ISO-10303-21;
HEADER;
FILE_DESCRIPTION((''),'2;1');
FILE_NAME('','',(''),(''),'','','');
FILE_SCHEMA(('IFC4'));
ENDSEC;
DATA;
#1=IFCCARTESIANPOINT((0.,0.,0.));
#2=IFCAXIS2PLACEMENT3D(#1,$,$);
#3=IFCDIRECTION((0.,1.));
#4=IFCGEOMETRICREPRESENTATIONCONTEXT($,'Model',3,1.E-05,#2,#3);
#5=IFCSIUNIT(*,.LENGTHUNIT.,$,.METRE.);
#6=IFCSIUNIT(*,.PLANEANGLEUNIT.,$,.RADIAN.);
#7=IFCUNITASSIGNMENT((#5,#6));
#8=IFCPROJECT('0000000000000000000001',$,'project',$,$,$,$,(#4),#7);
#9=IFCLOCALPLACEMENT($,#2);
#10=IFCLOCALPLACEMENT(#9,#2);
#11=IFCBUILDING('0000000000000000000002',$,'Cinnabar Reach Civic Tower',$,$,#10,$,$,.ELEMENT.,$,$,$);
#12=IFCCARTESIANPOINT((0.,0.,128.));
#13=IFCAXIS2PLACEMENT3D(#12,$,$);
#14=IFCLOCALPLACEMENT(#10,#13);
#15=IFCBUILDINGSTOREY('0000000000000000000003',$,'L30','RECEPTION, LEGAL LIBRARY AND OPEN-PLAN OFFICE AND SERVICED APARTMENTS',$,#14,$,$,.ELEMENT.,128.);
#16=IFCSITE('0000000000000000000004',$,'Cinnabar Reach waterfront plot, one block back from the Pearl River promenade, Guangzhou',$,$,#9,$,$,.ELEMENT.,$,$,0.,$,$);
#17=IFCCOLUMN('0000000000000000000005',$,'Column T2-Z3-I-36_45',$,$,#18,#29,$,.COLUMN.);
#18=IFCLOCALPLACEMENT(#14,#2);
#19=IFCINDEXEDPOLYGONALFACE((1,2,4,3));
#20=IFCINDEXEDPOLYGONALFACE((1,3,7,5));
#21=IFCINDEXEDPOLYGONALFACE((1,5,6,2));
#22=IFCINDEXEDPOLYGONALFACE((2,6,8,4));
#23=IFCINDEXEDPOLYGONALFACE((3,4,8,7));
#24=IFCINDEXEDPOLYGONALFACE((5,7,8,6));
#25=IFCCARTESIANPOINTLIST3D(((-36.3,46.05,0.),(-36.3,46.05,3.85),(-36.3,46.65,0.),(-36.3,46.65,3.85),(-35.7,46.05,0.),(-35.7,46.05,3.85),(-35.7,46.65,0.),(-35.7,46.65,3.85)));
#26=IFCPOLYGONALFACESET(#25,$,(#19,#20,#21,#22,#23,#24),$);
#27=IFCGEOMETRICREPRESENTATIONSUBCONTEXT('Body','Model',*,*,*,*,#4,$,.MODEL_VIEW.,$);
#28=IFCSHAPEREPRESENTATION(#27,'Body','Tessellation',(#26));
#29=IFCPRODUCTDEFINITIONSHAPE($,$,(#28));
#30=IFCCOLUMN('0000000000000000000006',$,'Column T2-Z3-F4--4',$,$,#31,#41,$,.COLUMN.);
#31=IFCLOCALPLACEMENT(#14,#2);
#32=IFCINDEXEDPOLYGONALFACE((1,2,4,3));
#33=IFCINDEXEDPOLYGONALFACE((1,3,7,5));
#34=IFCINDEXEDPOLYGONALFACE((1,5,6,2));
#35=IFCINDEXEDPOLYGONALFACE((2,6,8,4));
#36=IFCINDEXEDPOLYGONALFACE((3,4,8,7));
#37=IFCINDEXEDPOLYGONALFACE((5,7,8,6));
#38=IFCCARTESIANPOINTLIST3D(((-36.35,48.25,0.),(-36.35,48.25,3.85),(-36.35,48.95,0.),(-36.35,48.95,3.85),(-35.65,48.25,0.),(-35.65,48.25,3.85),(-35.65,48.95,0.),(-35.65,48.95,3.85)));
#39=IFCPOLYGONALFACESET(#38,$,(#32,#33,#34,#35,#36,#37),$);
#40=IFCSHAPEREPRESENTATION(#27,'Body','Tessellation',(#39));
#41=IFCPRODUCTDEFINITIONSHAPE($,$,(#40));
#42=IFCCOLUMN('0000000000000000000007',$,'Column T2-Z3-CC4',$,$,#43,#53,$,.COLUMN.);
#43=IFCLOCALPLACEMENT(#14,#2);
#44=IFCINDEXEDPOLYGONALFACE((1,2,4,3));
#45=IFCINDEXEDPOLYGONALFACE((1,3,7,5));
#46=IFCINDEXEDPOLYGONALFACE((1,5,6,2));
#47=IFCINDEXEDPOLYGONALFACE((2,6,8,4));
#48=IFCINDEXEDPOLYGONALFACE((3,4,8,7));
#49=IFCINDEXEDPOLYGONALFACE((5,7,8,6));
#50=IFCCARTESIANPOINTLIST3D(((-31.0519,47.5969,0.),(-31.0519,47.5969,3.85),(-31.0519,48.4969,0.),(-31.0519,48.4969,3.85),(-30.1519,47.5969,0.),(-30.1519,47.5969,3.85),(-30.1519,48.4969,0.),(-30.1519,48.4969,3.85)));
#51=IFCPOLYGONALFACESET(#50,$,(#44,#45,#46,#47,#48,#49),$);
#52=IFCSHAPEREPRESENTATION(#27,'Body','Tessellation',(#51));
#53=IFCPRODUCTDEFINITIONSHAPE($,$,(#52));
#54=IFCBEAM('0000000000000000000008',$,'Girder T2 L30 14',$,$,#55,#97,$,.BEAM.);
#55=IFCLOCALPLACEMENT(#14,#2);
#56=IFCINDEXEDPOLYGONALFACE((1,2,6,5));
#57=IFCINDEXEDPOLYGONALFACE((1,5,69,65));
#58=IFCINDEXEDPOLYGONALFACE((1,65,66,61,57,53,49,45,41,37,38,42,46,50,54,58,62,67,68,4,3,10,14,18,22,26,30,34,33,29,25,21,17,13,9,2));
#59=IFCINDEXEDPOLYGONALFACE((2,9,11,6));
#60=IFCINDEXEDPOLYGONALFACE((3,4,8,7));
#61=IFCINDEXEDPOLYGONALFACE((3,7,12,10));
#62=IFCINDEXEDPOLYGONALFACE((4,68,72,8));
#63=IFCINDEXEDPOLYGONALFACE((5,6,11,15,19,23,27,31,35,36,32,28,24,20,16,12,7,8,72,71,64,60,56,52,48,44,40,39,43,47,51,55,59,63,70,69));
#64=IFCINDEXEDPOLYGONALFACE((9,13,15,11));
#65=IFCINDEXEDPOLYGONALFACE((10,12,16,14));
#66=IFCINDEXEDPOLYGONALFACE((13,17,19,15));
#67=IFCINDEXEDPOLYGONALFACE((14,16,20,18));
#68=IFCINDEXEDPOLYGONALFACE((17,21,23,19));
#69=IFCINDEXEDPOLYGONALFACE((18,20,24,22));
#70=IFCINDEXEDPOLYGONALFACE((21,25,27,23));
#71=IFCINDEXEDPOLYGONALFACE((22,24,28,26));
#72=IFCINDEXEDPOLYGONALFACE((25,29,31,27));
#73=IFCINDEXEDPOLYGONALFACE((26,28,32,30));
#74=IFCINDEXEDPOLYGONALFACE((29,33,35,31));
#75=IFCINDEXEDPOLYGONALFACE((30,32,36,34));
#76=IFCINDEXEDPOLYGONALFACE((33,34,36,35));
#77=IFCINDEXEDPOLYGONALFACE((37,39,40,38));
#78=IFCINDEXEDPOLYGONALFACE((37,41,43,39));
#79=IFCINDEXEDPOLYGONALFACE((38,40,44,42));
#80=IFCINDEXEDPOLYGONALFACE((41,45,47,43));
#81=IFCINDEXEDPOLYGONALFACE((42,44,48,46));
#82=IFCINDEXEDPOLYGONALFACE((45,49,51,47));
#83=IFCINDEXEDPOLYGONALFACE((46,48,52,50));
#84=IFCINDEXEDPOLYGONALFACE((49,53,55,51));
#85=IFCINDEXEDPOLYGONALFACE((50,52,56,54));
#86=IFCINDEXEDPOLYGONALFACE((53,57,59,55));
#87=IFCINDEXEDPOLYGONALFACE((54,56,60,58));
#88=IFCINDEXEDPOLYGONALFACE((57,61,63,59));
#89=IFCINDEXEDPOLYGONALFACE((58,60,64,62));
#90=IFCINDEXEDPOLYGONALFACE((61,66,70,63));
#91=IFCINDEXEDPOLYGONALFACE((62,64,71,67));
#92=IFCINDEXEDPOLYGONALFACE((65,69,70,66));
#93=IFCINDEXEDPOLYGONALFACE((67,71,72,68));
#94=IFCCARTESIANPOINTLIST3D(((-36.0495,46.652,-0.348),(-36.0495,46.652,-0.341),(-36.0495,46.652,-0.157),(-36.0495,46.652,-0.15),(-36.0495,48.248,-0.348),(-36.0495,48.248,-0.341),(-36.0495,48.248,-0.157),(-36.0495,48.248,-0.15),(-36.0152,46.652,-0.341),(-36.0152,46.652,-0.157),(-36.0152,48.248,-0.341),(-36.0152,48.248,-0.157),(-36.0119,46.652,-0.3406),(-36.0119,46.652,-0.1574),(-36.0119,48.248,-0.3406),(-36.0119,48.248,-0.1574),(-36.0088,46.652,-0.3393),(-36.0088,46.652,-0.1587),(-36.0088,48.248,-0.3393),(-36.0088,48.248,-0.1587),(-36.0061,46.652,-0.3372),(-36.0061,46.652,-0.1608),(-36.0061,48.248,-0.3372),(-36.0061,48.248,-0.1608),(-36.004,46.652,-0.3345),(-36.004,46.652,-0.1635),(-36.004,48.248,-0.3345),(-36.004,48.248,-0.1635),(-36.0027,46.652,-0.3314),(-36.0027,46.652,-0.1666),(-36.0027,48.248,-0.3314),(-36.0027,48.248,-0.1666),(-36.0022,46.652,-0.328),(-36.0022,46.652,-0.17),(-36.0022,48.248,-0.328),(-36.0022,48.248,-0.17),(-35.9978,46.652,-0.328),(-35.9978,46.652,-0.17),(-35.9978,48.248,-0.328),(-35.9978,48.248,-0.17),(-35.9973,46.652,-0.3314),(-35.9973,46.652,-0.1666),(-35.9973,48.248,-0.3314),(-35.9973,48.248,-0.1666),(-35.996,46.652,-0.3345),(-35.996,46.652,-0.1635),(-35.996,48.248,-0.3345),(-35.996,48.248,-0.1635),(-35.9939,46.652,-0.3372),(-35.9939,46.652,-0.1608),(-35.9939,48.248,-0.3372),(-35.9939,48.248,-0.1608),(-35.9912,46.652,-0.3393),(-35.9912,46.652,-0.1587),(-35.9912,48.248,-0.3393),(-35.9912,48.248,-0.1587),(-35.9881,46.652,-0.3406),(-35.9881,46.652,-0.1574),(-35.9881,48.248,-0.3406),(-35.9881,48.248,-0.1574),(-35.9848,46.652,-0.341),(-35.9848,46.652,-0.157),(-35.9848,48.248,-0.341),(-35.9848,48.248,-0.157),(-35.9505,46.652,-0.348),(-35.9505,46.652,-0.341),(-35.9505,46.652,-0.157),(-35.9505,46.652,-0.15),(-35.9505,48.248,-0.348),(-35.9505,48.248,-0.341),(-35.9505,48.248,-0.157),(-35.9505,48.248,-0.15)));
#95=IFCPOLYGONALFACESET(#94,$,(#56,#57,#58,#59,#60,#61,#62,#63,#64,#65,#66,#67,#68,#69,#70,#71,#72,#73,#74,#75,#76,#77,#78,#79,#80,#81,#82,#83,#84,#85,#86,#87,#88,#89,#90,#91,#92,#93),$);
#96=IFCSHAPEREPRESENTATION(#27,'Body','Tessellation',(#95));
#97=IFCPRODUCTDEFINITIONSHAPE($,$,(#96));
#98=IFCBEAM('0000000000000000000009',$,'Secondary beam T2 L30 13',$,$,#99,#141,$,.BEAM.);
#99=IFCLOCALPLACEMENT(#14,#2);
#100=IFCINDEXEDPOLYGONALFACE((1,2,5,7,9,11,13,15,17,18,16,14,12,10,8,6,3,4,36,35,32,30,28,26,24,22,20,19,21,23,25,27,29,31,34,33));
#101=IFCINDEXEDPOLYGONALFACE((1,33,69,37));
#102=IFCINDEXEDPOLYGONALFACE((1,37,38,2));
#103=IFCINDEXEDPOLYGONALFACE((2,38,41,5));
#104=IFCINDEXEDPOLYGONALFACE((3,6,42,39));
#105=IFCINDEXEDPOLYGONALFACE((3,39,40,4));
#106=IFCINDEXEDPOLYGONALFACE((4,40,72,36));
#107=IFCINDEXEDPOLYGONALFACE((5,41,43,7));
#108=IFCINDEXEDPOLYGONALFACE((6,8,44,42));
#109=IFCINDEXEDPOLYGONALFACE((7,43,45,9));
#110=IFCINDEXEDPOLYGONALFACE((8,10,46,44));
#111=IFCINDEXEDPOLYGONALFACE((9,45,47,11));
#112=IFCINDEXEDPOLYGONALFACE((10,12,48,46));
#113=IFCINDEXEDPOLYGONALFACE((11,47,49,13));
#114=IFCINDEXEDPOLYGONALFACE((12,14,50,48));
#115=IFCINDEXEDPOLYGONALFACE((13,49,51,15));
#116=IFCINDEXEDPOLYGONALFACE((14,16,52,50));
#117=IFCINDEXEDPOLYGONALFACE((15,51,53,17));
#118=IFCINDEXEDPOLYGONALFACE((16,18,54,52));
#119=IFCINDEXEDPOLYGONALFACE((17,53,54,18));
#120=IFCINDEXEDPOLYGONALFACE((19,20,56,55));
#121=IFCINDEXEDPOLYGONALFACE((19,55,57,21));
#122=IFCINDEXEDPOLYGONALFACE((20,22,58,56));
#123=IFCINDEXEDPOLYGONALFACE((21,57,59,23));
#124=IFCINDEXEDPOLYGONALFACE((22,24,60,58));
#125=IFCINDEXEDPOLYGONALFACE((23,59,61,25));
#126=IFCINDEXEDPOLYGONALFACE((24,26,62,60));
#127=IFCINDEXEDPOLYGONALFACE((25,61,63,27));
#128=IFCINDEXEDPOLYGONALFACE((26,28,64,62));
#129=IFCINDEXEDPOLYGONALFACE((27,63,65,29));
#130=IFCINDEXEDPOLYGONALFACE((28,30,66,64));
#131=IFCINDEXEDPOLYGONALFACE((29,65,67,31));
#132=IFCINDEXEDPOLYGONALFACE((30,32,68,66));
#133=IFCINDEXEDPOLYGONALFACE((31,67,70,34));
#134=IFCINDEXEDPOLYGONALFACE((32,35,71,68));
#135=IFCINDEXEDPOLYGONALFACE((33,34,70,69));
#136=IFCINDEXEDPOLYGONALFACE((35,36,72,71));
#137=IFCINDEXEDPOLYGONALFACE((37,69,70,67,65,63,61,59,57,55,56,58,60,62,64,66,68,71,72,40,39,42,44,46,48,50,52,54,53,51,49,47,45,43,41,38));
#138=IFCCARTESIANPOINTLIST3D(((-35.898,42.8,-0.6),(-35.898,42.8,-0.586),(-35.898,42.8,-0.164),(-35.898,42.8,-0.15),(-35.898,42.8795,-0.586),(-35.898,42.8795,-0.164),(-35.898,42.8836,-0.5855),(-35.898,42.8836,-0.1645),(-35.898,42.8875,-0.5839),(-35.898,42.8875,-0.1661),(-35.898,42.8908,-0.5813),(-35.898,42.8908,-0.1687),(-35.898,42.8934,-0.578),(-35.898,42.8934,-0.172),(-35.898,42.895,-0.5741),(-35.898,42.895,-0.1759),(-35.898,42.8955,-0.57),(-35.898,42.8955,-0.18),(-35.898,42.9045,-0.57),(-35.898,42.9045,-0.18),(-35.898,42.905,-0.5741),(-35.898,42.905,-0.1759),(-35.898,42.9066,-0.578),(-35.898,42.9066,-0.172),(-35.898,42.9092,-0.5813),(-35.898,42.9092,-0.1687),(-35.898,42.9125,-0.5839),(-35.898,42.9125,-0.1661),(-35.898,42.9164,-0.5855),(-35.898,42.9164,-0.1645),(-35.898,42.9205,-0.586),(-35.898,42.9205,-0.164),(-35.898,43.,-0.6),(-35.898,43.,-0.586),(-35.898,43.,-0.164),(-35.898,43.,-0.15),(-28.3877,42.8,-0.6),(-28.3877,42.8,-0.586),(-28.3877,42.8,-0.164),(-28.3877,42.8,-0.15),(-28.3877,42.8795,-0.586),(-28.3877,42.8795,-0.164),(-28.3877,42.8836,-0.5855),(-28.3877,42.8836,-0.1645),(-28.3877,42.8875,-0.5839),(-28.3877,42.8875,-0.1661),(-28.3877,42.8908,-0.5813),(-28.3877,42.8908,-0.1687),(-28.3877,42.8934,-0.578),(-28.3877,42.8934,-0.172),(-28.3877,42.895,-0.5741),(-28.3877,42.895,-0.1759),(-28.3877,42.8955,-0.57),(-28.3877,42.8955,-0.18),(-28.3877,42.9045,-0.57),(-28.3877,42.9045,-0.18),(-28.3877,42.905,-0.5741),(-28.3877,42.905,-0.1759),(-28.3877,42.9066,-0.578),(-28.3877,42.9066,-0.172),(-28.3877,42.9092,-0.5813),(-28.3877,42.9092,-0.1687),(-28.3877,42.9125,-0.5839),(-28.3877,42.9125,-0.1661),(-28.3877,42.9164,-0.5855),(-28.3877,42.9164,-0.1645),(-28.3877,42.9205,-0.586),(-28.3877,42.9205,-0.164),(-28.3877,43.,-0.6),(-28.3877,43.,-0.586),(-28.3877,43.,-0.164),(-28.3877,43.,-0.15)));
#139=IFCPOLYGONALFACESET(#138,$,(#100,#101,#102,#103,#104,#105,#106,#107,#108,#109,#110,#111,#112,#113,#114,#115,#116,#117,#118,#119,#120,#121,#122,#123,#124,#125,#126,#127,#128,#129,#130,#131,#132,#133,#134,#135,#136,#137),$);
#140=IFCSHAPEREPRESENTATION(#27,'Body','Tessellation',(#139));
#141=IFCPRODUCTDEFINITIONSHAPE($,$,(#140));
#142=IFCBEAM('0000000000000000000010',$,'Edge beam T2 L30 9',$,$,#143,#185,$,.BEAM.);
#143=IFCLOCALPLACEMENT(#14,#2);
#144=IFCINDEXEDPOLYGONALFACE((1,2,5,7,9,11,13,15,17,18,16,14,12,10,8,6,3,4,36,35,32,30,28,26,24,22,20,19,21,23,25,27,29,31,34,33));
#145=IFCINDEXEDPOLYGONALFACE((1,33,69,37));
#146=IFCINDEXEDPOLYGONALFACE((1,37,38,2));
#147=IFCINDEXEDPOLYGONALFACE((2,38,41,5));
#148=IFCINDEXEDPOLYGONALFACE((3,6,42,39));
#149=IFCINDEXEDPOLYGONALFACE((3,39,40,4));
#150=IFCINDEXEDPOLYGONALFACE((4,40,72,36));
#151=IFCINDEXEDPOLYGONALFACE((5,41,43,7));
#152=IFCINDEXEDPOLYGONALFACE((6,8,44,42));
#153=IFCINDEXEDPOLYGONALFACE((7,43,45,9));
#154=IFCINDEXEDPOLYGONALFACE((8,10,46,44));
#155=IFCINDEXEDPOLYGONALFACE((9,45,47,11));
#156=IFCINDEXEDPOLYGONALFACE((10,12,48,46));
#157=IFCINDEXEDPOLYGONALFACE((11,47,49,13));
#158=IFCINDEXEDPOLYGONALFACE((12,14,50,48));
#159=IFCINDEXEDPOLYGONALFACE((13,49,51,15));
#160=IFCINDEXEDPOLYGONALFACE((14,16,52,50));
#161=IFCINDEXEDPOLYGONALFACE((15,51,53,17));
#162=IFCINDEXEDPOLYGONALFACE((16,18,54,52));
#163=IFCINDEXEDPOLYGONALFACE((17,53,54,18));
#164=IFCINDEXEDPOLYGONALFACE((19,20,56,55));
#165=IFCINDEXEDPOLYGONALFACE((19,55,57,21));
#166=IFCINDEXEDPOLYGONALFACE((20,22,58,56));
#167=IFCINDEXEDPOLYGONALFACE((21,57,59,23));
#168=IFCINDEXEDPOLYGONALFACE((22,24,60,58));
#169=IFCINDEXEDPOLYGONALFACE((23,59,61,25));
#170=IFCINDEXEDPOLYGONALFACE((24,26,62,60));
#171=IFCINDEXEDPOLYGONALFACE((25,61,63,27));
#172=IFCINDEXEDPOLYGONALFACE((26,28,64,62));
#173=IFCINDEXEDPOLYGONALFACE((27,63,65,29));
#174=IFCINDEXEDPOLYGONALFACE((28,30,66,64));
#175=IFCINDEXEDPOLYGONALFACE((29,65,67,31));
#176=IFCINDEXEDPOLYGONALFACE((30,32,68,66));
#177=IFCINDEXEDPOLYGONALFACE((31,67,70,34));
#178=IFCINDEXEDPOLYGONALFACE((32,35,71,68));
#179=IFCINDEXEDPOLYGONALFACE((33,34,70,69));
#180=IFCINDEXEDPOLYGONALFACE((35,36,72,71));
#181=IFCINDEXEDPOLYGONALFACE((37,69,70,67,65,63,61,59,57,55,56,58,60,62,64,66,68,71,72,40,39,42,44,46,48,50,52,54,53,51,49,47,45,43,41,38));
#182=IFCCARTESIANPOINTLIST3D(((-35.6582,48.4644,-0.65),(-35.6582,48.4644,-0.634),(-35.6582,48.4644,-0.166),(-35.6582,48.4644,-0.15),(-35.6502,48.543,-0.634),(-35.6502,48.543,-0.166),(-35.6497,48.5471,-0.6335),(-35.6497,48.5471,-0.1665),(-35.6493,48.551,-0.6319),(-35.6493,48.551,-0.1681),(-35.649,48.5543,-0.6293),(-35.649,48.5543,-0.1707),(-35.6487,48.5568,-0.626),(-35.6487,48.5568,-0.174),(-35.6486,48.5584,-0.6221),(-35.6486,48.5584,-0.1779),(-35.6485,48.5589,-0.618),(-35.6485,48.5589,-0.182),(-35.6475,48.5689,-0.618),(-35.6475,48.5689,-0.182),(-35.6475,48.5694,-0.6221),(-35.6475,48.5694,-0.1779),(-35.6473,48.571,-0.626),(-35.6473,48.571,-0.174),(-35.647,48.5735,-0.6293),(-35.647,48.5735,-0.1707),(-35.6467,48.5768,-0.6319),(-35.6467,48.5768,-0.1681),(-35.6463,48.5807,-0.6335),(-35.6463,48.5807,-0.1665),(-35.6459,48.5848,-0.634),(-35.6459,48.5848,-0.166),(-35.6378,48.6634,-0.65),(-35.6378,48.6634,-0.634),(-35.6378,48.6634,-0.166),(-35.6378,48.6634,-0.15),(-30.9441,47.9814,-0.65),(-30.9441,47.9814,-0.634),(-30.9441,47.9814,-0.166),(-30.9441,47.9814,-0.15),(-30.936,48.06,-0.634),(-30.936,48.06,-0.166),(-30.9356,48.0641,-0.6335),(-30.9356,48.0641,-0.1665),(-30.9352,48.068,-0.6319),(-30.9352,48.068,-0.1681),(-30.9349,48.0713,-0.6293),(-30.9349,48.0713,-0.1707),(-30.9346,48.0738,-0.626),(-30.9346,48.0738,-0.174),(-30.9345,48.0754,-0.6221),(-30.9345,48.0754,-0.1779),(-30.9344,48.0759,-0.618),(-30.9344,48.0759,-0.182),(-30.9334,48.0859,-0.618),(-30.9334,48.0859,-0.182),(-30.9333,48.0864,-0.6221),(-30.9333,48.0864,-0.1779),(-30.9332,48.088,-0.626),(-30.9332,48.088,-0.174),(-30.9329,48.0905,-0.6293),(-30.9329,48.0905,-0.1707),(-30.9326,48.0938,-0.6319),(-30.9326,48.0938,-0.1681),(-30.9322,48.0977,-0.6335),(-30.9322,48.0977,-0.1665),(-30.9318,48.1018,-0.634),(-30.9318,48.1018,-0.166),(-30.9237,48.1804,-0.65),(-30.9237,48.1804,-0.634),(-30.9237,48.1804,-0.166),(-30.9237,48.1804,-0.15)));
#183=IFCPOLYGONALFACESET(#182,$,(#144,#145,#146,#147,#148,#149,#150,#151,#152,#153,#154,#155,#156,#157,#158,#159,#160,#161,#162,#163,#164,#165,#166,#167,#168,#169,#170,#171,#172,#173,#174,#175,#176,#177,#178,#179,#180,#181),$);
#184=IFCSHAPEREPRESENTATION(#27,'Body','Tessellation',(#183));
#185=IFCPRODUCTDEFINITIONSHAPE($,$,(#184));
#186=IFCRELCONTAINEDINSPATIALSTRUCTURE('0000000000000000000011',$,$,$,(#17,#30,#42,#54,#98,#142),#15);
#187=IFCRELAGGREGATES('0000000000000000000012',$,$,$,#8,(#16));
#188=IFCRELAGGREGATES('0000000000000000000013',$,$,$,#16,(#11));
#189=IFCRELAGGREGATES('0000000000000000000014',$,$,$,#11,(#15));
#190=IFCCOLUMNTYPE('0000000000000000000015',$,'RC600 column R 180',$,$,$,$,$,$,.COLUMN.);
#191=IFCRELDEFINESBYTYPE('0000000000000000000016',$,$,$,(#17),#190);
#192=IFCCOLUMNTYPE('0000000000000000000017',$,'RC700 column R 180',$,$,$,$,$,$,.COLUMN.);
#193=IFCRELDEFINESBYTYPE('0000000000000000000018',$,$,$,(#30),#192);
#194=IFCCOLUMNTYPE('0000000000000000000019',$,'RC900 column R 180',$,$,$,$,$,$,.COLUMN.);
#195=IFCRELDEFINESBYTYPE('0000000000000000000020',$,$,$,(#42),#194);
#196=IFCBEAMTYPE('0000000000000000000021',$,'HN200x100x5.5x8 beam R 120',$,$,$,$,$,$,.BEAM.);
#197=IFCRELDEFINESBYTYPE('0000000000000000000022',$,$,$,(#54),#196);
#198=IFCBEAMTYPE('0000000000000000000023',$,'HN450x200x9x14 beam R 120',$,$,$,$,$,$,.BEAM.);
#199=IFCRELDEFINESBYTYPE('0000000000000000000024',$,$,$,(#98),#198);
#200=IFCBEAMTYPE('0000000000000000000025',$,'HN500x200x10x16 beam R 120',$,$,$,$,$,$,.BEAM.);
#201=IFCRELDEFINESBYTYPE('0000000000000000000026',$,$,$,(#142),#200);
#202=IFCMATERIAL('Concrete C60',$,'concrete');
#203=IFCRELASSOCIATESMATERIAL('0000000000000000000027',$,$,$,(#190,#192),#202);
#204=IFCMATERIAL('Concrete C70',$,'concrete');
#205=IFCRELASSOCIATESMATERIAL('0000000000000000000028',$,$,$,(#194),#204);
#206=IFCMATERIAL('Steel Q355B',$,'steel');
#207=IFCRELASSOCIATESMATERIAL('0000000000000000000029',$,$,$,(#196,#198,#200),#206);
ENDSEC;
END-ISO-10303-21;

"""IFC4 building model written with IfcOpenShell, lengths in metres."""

from ifc_helpers import new_model, si_unit, direction, frame, origin, origin_2d, place, context, subcontext, project, spatial, rectangle, i_section, extrude, material, material_profile, profile_set, type_object, element, save


model = new_model("IFC4")

# Units and contexts
model_context = context("Model", 3, precision=1e-05, world=origin(), true_north=direction((0.0, 1.0)))
body_context = subcontext(model_context, "Body", "Model", "MODEL_VIEW")
ifc_project = project(units=[si_unit("LENGTHUNIT", "METRE"), si_unit("PLANEANGLEUNIT", "RADIAN")], contexts=[model_context])

# Site, building, storey
site_placement = place(None, origin())
site = spatial("IfcSite", under=ifc_project, at=site_placement, Name="Cinnabar Reach waterfront plot, one block back from the Pearl River promenade, Guangzhou", CompositionType="ELEMENT", RefElevation=0.0)
building_placement = place(site_placement, origin())
building = spatial("IfcBuilding", under=site, at=building_placement, Name="Cinnabar Reach Civic Tower", CompositionType="ELEMENT")
storey_placement = place(building_placement, frame((0.0, 0.0, 128.0)))
storey = spatial("IfcBuildingStorey", under=building, at=storey_placement, Name="L30", Description="RECEPTION, LEGAL LIBRARY AND OPEN-PLAN OFFICE AND SERVICED APARTMENTS", CompositionType="ELEMENT", Elevation=128.0)

# Columns
ifc_material_1 = material(Name="Concrete C60", Category="concrete")
ifc_material_profile_1 = material_profile(ifc_material_1, rectangle(XDim=0.6, YDim=0.6, at=origin_2d()), Name="RC600")
ifc_profile_set_1 = profile_set([ifc_material_profile_1], Name="Concrete C60")
column_type_1 = type_object("IfcColumnType", Name="RC600 column R 180", PredefinedType="COLUMN", material=ifc_profile_set_1)
column_1_placement = place(storey_placement, frame((-36.0, 46.35, 0.0), z_axis=(0.0, 0.0, 1.0), x_axis=(1.0, 0.0, 0.0)))
element("IfcColumn", 1, at=column_1_placement, inside=storey, type_object=column_type_1, Name="Column T2-Z3-I-36_45", PredefinedType="COLUMN", context=body_context, shape_type="SweptSolid", body=[
    extrude(rectangle(XDim=0.6, YDim=0.6, at=origin_2d()), origin(), (0.0, 0.0, 1.0), 3.85),
])
ifc_material_profile_2 = material_profile(ifc_material_1, rectangle(XDim=0.7, YDim=0.7, at=origin_2d()), Name="RC700")
ifc_profile_set_2 = profile_set([ifc_material_profile_2], Name="Concrete C60")
column_type_2 = type_object("IfcColumnType", Name="RC700 column R 180", PredefinedType="COLUMN", material=ifc_profile_set_2)
column_2_placement = place(storey_placement, frame((-36.0, 48.6, 0.0), z_axis=(0.0, 0.0, 1.0), x_axis=(1.0, 0.0, 0.0)))
element("IfcColumn", 2, at=column_2_placement, inside=storey, type_object=column_type_2, Name="Column T2-Z3-F4--4", PredefinedType="COLUMN", context=body_context, shape_type="SweptSolid", body=[
    extrude(rectangle(XDim=0.7, YDim=0.7, at=origin_2d()), origin(), (0.0, 0.0, 1.0), 3.85),
])
ifc_material_2 = material(Name="Concrete C70", Category="concrete")
ifc_material_profile_3 = material_profile(ifc_material_2, rectangle(XDim=0.9, YDim=0.9, at=origin_2d()), Name="RC900")
ifc_profile_set_3 = profile_set([ifc_material_profile_3], Name="Concrete C70")
column_type_3 = type_object("IfcColumnType", Name="RC900 column R 180", PredefinedType="COLUMN", material=ifc_profile_set_3)
column_3_placement = place(storey_placement, frame((-30.6019, 48.0469, 0.0), z_axis=(0.0, 0.0, 1.0), x_axis=(1.0, 0.0, 0.0)))
element("IfcColumn", 3, at=column_3_placement, inside=storey, type_object=column_type_3, Name="Column T2-Z3-CC4", PredefinedType="COLUMN", context=body_context, shape_type="SweptSolid", body=[
    extrude(rectangle(XDim=0.9, YDim=0.9, at=origin_2d()), origin(), (0.0, 0.0, 1.0), 3.85),
])

# Beams
ifc_material_3 = material(Name="Steel Q355B", Category="steel")
ifc_material_profile_4 = material_profile(ifc_material_3, i_section(OverallWidth=0.099, OverallDepth=0.198, WebThickness=0.0045, FlangeThickness=0.007, FilletRadius=0.013, at=origin_2d()), Name="HN200x100x5.5x8")
ifc_profile_set_4 = profile_set([ifc_material_profile_4], Name="Steel Q355B")
beam_type_1 = type_object("IfcBeamType", Name="HN200x100x5.5x8 beam R 120", PredefinedType="BEAM", material=ifc_profile_set_4)
beam_1_placement = place(storey_placement, frame((-36.0, 46.652, -0.249), z_axis=(0.0, 1.0, 0.0), x_axis=(-1.0, 0.0, 0.0)))
element("IfcBeam", 4, at=beam_1_placement, inside=storey, type_object=beam_type_1, Name="Girder T2 L30 14", PredefinedType="BEAM", context=body_context, shape_type="SweptSolid", body=[
    extrude(i_section(OverallWidth=0.099, OverallDepth=0.198, WebThickness=0.0045, FlangeThickness=0.007, FilletRadius=0.013, at=origin_2d()), origin(), (0.0, 0.0, 1.0), 1.596),
])
ifc_material_profile_5 = material_profile(ifc_material_3, i_section(OverallWidth=0.2, OverallDepth=0.45, WebThickness=0.009, FlangeThickness=0.014, FilletRadius=0.016, at=origin_2d()), Name="HN450x200x9x14")
ifc_profile_set_5 = profile_set([ifc_material_profile_5], Name="Steel Q355B")
beam_type_2 = type_object("IfcBeamType", Name="HN450x200x9x14 beam R 120", PredefinedType="BEAM", material=ifc_profile_set_5)
beam_2_placement = place(storey_placement, frame((-35.898, 42.9, -0.375), z_axis=(1.0, 0.0, 0.0), x_axis=(0.0, 1.0, 0.0)))
element("IfcBeam", 5, at=beam_2_placement, inside=storey, type_object=beam_type_2, Name="Secondary beam T2 L30 13", PredefinedType="BEAM", context=body_context, shape_type="SweptSolid", body=[
    extrude(i_section(OverallWidth=0.2, OverallDepth=0.45, WebThickness=0.009, FlangeThickness=0.014, FilletRadius=0.016, at=origin_2d()), origin(), (0.0, 0.0, 1.0), 7.5103),
])
ifc_material_profile_6 = material_profile(ifc_material_3, i_section(OverallWidth=0.2, OverallDepth=0.5, WebThickness=0.01, FlangeThickness=0.016, FilletRadius=0.016, at=origin_2d()), Name="HN500x200x10x16")
ifc_profile_set_6 = profile_set([ifc_material_profile_6], Name="Steel Q355B")
beam_type_3 = type_object("IfcBeamType", Name="HN500x200x10x16 beam R 120", PredefinedType="BEAM", material=ifc_profile_set_6)
beam_3_placement = place(storey_placement, frame((-30.9339, 48.0809, -0.4), z_axis=(-0.994792, 0.101925, 0.0), x_axis=(-0.101925, -0.994792, 0.0)))
element("IfcBeam", 6, at=beam_3_placement, inside=storey, type_object=beam_type_3, Name="Edge beam T2 L30 9", PredefinedType="BEAM", context=body_context, shape_type="SweptSolid", body=[
    extrude(i_section(OverallWidth=0.2, OverallDepth=0.5, WebThickness=0.01, FlangeThickness=0.016, FilletRadius=0.016, at=origin_2d()), origin(), (0.0, 0.0, 1.0), 4.7388),
])

save(model, "model.ifc")
